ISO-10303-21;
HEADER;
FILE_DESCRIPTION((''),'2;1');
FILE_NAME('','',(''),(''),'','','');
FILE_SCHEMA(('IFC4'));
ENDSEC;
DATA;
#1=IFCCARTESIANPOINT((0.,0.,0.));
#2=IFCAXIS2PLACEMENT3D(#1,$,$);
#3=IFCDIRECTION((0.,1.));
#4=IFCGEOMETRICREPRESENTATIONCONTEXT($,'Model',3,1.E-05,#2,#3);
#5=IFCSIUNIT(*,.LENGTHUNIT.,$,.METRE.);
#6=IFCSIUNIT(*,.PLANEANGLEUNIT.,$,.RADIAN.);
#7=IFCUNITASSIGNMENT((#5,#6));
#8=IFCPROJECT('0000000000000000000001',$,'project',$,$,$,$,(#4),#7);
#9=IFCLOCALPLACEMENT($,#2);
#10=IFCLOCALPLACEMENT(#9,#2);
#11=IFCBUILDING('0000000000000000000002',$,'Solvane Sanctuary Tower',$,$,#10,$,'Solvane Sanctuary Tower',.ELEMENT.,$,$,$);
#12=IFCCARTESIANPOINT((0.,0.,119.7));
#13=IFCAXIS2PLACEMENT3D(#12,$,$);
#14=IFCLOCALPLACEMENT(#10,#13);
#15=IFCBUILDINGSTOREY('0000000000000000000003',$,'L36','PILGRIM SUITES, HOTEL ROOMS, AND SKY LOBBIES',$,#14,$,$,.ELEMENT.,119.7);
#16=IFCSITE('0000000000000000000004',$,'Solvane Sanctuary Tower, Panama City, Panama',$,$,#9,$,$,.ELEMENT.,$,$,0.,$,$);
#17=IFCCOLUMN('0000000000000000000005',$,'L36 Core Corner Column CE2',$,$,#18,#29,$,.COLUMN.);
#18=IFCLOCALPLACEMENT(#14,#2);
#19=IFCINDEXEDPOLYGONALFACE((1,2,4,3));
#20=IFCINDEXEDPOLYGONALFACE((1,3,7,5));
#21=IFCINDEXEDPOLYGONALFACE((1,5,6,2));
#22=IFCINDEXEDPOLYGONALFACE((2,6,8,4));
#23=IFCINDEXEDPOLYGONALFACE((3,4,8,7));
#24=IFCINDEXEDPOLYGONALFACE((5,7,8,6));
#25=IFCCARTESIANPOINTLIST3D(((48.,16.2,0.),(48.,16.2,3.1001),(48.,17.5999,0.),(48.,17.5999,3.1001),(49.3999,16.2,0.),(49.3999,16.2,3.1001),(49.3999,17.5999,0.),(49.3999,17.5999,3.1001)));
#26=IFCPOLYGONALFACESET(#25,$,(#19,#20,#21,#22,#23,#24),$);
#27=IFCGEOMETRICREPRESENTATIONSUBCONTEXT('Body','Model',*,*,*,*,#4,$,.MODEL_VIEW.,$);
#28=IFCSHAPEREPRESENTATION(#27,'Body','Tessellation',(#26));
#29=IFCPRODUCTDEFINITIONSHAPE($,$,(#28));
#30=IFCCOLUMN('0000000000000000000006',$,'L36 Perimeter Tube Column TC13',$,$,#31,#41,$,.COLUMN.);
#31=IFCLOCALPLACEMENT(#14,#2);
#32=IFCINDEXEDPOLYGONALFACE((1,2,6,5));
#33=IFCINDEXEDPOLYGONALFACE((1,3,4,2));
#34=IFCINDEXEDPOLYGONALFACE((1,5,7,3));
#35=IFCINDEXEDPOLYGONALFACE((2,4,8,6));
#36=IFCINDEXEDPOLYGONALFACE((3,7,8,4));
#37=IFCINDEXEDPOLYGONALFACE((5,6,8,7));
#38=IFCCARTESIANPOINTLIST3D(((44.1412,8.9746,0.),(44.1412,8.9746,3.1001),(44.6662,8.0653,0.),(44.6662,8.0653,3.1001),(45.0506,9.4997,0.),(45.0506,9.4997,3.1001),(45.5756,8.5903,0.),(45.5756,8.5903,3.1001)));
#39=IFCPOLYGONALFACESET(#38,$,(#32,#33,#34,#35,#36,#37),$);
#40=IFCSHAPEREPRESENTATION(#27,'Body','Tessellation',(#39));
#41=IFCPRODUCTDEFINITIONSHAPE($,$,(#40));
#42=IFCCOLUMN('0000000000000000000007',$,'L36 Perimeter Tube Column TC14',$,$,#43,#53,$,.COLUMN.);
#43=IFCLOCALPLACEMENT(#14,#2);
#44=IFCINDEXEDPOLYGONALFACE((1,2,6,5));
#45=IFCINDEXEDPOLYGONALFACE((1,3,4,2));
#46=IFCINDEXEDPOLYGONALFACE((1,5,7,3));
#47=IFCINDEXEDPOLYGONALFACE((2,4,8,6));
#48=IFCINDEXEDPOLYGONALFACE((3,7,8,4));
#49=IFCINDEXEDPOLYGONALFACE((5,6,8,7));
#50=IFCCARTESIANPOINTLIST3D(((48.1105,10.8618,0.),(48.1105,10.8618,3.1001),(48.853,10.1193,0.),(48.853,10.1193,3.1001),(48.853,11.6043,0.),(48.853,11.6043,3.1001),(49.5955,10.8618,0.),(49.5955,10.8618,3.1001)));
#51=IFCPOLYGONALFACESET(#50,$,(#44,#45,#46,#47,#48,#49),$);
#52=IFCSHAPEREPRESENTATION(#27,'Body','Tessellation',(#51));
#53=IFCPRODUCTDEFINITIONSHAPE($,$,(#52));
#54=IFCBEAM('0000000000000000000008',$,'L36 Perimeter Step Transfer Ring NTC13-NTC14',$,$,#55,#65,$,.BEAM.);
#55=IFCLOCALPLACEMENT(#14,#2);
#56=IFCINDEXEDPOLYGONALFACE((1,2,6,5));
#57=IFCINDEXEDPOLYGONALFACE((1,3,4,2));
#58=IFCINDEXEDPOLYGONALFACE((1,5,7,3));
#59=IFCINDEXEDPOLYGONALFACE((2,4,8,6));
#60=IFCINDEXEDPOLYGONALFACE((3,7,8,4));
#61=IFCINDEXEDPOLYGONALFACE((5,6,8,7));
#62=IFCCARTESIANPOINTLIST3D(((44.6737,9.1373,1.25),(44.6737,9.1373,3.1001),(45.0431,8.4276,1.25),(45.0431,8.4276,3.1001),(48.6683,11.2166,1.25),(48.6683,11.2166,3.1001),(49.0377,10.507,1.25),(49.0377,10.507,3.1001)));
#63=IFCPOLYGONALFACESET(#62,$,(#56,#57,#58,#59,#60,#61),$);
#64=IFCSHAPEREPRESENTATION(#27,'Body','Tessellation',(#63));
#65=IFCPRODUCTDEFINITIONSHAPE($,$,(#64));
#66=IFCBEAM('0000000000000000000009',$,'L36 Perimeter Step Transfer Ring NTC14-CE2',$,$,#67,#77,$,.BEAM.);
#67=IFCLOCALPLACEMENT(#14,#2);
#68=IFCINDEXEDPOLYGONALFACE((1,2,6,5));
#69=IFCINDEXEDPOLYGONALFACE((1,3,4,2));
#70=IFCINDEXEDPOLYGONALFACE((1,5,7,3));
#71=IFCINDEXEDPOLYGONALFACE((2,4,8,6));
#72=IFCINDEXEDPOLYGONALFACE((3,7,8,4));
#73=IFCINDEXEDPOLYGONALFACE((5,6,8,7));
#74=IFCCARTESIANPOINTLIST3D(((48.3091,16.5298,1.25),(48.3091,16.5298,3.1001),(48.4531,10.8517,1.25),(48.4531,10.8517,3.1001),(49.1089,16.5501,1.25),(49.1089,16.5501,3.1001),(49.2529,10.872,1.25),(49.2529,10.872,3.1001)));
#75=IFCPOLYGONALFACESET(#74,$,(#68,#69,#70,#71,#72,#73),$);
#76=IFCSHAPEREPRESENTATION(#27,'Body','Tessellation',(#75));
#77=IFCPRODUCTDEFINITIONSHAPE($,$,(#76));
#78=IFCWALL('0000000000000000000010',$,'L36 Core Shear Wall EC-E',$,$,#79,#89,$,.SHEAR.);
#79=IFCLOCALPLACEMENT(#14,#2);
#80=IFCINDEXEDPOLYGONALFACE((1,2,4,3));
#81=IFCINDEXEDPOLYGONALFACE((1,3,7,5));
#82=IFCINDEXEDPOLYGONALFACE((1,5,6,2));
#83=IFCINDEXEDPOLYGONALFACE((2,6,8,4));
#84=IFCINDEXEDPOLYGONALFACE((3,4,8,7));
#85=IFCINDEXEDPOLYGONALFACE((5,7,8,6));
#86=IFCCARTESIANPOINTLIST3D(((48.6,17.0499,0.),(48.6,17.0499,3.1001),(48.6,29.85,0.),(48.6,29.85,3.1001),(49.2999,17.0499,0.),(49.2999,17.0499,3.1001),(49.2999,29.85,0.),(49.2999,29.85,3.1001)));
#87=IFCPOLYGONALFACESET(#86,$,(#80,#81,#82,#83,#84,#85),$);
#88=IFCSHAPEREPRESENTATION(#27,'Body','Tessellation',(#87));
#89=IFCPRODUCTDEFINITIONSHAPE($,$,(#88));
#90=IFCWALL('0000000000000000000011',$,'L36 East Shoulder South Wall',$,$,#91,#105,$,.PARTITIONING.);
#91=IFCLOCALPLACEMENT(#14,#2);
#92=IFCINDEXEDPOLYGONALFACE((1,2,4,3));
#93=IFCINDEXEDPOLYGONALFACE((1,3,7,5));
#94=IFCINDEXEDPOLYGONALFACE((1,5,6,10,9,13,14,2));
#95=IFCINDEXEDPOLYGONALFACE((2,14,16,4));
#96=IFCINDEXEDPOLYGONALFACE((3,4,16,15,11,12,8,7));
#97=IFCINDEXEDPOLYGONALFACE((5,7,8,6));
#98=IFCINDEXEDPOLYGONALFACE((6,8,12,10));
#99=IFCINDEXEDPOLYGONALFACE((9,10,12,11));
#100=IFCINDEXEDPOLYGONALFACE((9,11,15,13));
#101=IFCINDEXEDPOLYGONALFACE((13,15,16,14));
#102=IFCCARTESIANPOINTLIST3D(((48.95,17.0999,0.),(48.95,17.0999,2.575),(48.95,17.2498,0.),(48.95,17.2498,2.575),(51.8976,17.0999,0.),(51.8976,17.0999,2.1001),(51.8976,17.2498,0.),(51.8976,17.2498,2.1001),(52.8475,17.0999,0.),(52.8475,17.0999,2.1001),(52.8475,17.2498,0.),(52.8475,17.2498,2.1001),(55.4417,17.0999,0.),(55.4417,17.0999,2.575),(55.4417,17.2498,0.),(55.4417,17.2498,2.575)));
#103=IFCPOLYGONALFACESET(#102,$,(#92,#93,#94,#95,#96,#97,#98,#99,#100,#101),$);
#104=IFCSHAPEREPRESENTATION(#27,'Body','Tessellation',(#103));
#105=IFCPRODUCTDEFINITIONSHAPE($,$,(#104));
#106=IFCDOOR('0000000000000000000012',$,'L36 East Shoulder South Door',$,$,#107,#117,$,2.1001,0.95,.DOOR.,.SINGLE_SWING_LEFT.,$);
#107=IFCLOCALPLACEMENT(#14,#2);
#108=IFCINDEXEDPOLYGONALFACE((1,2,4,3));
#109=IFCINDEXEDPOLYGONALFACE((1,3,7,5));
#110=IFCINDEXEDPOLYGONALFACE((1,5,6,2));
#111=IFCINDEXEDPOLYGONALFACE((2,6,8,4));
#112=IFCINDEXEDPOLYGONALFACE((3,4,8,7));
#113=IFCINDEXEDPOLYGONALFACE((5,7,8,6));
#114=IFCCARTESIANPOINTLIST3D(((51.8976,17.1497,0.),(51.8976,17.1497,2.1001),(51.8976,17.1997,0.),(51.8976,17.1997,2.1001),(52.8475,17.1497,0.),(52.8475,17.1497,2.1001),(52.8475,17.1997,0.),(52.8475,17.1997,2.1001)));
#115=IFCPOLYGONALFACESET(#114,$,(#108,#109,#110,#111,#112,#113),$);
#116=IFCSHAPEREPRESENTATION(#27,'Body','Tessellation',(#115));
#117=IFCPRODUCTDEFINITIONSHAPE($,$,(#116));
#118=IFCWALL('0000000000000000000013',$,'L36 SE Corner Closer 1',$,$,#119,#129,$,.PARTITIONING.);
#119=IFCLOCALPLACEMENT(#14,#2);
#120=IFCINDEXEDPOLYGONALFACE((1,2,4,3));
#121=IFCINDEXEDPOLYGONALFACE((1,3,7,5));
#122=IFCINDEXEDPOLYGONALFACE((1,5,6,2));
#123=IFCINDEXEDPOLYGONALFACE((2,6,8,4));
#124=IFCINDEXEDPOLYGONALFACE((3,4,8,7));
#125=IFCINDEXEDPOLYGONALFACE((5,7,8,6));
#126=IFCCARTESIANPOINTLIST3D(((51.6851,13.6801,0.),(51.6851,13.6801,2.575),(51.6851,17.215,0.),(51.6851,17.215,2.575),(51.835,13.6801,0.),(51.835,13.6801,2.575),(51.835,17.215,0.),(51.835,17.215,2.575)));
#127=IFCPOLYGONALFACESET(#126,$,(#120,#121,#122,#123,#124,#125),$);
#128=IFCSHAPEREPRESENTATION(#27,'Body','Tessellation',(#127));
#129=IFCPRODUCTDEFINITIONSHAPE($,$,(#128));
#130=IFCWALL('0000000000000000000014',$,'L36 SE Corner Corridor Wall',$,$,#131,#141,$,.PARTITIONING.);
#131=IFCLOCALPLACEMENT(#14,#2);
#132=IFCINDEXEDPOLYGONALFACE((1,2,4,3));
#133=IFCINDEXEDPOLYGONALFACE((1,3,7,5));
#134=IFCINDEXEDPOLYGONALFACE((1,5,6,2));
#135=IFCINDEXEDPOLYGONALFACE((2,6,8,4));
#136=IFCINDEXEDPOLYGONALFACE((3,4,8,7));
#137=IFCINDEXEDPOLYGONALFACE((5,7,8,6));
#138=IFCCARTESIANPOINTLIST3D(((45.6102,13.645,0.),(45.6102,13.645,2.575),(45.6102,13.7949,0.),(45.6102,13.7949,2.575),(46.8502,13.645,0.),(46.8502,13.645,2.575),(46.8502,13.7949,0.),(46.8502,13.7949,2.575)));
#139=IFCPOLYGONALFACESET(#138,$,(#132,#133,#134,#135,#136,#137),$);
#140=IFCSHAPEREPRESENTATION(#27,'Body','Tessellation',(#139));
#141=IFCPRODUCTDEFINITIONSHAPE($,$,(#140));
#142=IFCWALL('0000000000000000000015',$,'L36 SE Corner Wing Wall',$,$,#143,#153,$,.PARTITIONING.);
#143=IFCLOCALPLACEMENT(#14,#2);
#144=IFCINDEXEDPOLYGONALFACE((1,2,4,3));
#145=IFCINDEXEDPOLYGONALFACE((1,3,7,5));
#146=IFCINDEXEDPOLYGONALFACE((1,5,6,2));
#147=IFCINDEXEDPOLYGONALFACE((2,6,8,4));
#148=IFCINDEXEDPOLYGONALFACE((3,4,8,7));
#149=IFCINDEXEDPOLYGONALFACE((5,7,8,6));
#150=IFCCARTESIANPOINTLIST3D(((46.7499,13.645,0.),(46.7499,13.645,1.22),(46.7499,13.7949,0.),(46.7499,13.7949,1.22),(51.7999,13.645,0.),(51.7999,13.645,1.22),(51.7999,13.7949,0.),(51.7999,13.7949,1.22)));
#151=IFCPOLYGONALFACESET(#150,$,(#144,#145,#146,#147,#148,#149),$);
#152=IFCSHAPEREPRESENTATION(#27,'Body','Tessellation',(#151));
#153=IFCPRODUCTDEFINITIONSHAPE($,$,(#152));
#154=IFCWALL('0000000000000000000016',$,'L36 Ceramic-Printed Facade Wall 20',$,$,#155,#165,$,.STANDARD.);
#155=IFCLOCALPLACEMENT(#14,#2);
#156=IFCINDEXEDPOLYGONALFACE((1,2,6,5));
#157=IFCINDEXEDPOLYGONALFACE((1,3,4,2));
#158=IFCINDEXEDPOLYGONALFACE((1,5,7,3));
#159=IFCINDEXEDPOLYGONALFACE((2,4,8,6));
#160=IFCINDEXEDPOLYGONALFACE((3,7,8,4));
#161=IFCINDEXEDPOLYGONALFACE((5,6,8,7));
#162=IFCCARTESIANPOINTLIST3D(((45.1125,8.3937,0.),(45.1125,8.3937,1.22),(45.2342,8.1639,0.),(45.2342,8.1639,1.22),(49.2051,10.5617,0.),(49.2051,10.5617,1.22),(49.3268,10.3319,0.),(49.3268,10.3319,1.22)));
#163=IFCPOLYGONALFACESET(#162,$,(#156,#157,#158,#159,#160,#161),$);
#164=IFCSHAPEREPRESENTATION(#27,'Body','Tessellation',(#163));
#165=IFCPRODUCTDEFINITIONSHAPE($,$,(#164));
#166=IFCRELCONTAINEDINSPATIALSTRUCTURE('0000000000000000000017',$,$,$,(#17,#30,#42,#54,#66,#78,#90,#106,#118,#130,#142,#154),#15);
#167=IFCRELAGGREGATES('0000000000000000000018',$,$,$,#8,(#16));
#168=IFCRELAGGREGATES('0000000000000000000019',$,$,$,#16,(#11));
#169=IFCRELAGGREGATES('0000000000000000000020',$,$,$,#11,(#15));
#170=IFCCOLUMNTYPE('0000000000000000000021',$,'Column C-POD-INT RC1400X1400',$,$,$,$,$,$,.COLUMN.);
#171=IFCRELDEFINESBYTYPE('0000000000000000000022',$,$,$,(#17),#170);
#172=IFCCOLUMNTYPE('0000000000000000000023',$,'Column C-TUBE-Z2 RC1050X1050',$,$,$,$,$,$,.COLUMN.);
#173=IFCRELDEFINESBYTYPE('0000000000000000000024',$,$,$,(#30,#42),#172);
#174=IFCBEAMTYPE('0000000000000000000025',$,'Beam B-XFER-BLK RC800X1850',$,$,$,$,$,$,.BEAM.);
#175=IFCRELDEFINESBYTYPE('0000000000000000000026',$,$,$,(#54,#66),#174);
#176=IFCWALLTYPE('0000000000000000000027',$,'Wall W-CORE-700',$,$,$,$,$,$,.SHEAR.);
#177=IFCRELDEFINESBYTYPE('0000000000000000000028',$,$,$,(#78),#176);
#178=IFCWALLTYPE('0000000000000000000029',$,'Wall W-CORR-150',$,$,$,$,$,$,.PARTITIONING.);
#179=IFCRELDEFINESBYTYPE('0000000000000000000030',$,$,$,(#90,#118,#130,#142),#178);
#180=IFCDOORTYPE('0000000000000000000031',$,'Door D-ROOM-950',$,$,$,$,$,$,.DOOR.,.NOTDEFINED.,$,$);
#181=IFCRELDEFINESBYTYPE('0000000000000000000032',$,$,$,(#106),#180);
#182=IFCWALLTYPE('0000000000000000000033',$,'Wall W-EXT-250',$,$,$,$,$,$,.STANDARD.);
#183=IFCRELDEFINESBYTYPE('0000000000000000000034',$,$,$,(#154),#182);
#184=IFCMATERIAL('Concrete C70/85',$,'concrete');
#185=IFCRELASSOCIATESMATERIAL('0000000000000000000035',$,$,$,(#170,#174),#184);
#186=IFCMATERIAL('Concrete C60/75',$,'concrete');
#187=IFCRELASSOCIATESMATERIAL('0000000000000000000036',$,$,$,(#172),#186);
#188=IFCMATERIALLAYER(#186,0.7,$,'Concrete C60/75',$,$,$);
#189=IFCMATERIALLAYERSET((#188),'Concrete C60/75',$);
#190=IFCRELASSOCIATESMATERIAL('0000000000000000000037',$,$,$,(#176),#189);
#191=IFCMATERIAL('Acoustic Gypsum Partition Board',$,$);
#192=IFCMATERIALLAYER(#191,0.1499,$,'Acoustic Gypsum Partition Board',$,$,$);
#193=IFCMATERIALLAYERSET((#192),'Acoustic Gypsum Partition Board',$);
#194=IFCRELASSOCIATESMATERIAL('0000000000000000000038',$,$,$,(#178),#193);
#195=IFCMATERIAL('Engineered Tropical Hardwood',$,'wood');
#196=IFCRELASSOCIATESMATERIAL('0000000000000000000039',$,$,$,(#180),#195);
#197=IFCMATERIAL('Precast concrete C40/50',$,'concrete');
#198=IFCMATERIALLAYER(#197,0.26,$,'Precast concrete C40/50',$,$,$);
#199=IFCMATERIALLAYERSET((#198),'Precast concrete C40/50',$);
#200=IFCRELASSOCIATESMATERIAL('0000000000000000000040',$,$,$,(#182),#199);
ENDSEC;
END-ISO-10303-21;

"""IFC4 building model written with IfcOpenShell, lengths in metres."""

from ifc_helpers import new_model, si_unit, direction, frame, frame_2d, origin, origin_2d, place, context, subcontext, project, spatial, rectangle, extrude, material, layer, layer_set, material_profile, profile_set, type_object, element, fill, save


model = new_model("IFC4")

# Units and contexts
model_context = context("Model", 3, precision=1e-05, world=origin(), true_north=direction((0.0, 1.0)))
body_context = subcontext(model_context, "Body", "Model", "MODEL_VIEW")
ifc_project = project(units=[si_unit("LENGTHUNIT", "METRE"), si_unit("PLANEANGLEUNIT", "RADIAN")], contexts=[model_context])

# Site, building, storey
site_placement = place(None, origin())
site = spatial("IfcSite", under=ifc_project, at=site_placement, Name="Solvane Sanctuary Tower, Panama City, Panama", CompositionType="ELEMENT", RefElevation=0.0)
building_placement = place(site_placement, origin())
building = spatial("IfcBuilding", under=site, at=building_placement, Name="Solvane Sanctuary Tower", LongName="Solvane Sanctuary Tower", CompositionType="ELEMENT")
storey_placement = place(building_placement, frame((0.0, 0.0, 119.7)))
storey = spatial("IfcBuildingStorey", under=building, at=storey_placement, Name="L36", Description="PILGRIM SUITES, HOTEL ROOMS, AND SKY LOBBIES", CompositionType="ELEMENT", Elevation=119.7)

# Columns
ifc_material_1 = material(Name="Concrete C70/85", Category="concrete")
ifc_material_profile_1 = material_profile(ifc_material_1, rectangle(XDim=1.3999, YDim=1.3999, at=origin_2d()), Name="RC1400X1400")
ifc_profile_set_1 = profile_set([ifc_material_profile_1], Name="Concrete C70/85")
column_type_1 = type_object("IfcColumnType", Name="Column C-POD-INT RC1400X1400", PredefinedType="COLUMN", material=ifc_profile_set_1)
column_placement = place(storey_placement, frame((48.7, 16.8999, 0.0), z_axis=(0.0, 0.0, 1.0), x_axis=(1.0, 0.0, 0.0)))
element("IfcColumn", 1, at=column_placement, inside=storey, type_object=column_type_1, Name="L36 Core Corner Column CE2", PredefinedType="COLUMN", context=body_context, shape_type="SweptSolid", body=[
    extrude(rectangle(XDim=1.3999, YDim=1.3999, at=origin_2d()), origin(), (0.0, 0.0, 1.0), 3.1001),
])
ifc_material_2 = material(Name="Concrete C60/75", Category="concrete")
ifc_material_profile_2 = material_profile(ifc_material_2, rectangle(XDim=1.05, YDim=1.05, at=origin_2d()), Name="RC1050X1050")
ifc_profile_set_2 = profile_set([ifc_material_profile_2], Name="Concrete C60/75")
column_type_2 = type_object("IfcColumnType", Name="Column C-TUBE-Z2 RC1050X1050", PredefinedType="COLUMN", material=ifc_profile_set_2)
for number, where, z_axis, x_axis, name in (
    (2, (44.8584, 8.7825, 0.0), (0.0, 0.0, 1.0), (0.5, -0.866025, 0.0), "L36 Perimeter Tube Column TC13"),
    (3, (48.853, 10.8618, 0.0), (0.0, 0.0, 1.0), (0.707107, -0.707107, 0.0), "L36 Perimeter Tube Column TC14"),
):
    element("IfcColumn", number, at=place(storey_placement, frame(where, z_axis=z_axis, x_axis=x_axis)), inside=storey, type_object=column_type_2, Name=name, PredefinedType="COLUMN", context=body_context, shape_type="SweptSolid", body=[
        extrude(rectangle(XDim=1.05, YDim=1.05, at=origin_2d()), origin(), (0.0, 0.0, 1.0), 3.1001),
    ])

# Beams
ifc_material_profile_3 = material_profile(ifc_material_1, rectangle(XDim=0.8, YDim=1.8501, at=origin_2d()), Name="RC800X1850")
ifc_profile_set_3 = profile_set([ifc_material_profile_3], Name="Concrete C70/85")
beam_type = type_object("IfcBeamType", Name="Beam B-XFER-BLK RC800X1850", PredefinedType="BEAM", material=ifc_profile_set_3)
beam_1_placement = place(storey_placement, frame((44.8584, 8.7825, 2.175), z_axis=(0.887022, 0.461727, 0.0), x_axis=(-0.461727, 0.887022, 0.0)))
element("IfcBeam", 4, at=beam_1_placement, inside=storey, type_object=beam_type, Name="L36 Perimeter Step Transfer Ring NTC13-NTC14", PredefinedType="BEAM", context=body_context, shape_type="SweptSolid", body=[
    extrude(rectangle(XDim=0.8, YDim=1.8501, at=origin_2d()), origin(), (0.0, 0.0, 1.0), 4.5034),
])
beam_2_placement = place(storey_placement, frame((48.853, 10.8618, 2.175), z_axis=(-0.025359, 0.999678, 0.0), x_axis=(-0.999678, -0.025359, 0.0)))
element("IfcBeam", 5, at=beam_2_placement, inside=storey, type_object=beam_type, Name="L36 Perimeter Step Transfer Ring NTC14-CE2", PredefinedType="BEAM", context=body_context, shape_type="SweptSolid", body=[
    extrude(rectangle(XDim=0.8, YDim=1.8501, at=origin_2d()), origin(), (0.0, 0.0, 1.0), 5.6799),
])

# Wall
ifc_layer_1 = layer(ifc_material_2, 0.7, Name="Concrete C60/75")
ifc_layer_set_1 = layer_set([ifc_layer_1], Name="Concrete C60/75")
wall_type_1 = type_object("IfcWallType", Name="Wall W-CORE-700", PredefinedType="SHEAR", material=ifc_layer_set_1)
wall_1_placement = place(storey_placement, frame((48.95, 17.05, 0.0), z_axis=(0.0, 0.0, 1.0), x_axis=(0.0, 1.0, 0.0)))
element("IfcWall", 6, at=wall_1_placement, inside=storey, type_object=wall_type_1, Name="L36 Core Shear Wall EC-E", PredefinedType="SHEAR", context=body_context, shape_type="SweptSolid", body=[
    extrude(rectangle(XDim=12.8, YDim=0.7, at=frame_2d((6.3999, 0.0))), origin(), (0.0, 0.0, 1.0), 3.1001),
])

# Wall, opening, door
ifc_material_3 = material(Name="Acoustic Gypsum Partition Board")
ifc_layer_2 = layer(ifc_material_3, 0.1499, Name="Acoustic Gypsum Partition Board")
ifc_layer_set_2 = layer_set([ifc_layer_2], Name="Acoustic Gypsum Partition Board")
wall_type_2 = type_object("IfcWallType", Name="Wall W-CORR-150", PredefinedType="PARTITIONING", material=ifc_layer_set_2)
wall_2_placement = place(storey_placement, frame((48.95, 17.1748, 0.0), z_axis=(0.0, 0.0, 1.0), x_axis=(1.0, 0.0, 0.0)))
wall_2 = element("IfcWall", 7, at=wall_2_placement, inside=storey, type_object=wall_type_2, Name="L36 East Shoulder South Wall", PredefinedType="PARTITIONING", context=body_context, shape_type="SweptSolid", body=[
    extrude(rectangle(XDim=6.4917, YDim=0.1499, at=frame_2d((3.2458, 0.0))), origin(), (0.0, 0.0, 1.0), 2.575),
])
opening_1_placement = place(wall_2_placement, frame((2.9475, 0.0, 0.0)))
opening_1 = element("IfcOpeningElement", 8, at=opening_1_placement, cuts=wall_2, PredefinedType="OPENING", context=body_context, shape_type="SweptSolid", body=[
    extrude(rectangle(XDim=0.95, YDim=2.1001, at=frame_2d((0.4751, 1.05))), frame((0.0, 0.085, 0.0), z_axis=(0.0, -1.0, 0.0), x_axis=(1.0, 0.0, 0.0)), (0.0, 0.0, 1.0), 0.1699),
])
ifc_material_4 = material(Name="Engineered Tropical Hardwood", Category="wood")
door_type_1 = type_object("IfcDoorType", Name="Door D-ROOM-950", OperationType="NOTDEFINED", PredefinedType="DOOR", material=ifc_material_4)
door_1_placement = place(opening_1_placement, origin())
door_1 = element("IfcDoor", 9, at=door_1_placement, inside=storey, type_object=door_type_1, Name="L36 East Shoulder South Door", OperationType="SINGLE_SWING_LEFT", OverallHeight=2.1001, OverallWidth=0.95, PredefinedType="DOOR", context=body_context, shape_type="SweptSolid", body=[
    extrude(rectangle(XDim=0.95, YDim=2.1001, at=frame_2d((0.4751, 1.05))), frame((0.0, 0.0249, 0.0), z_axis=(0.0, -1.0, 0.0), x_axis=(1.0, 0.0, 0.0)), (0.0, 0.0, 1.0), 0.05),
])
fill(opening_1, door_1)

# Walls
wall_3_placement = place(storey_placement, frame((51.76, 13.6799, 0.0), z_axis=(0.0, 0.0, 1.0), x_axis=(0.0, 1.0, 0.0)))
element("IfcWall", 10, at=wall_3_placement, inside=storey, type_object=wall_type_2, Name="L36 SE Corner Closer 1", PredefinedType="PARTITIONING", context=body_context, shape_type="SweptSolid", body=[
    extrude(rectangle(XDim=3.5349, YDim=0.1499, at=frame_2d((1.7676, 0.0))), origin(), (0.0, 0.0, 1.0), 2.575),
])
wall_4_placement = place(storey_placement, frame((45.6101, 13.72, 0.0), z_axis=(0.0, 0.0, 1.0), x_axis=(1.0, 0.0, 0.0)))
element("IfcWall", 11, at=wall_4_placement, inside=storey, type_object=wall_type_2, Name="L36 SE Corner Corridor Wall", PredefinedType="PARTITIONING", context=body_context, shape_type="SweptSolid", body=[
    extrude(rectangle(XDim=1.24, YDim=0.1499, at=frame_2d((0.6201, 0.0))), origin(), (0.0, 0.0, 1.0), 2.575),
])
wall_5_placement = place(storey_placement, frame((46.75, 13.72, 0.0), z_axis=(0.0, 0.0, 1.0), x_axis=(1.0, 0.0, 0.0)))
element("IfcWall", 12, at=wall_5_placement, inside=storey, type_object=wall_type_2, Name="L36 SE Corner Wing Wall", PredefinedType="PARTITIONING", context=body_context, shape_type="SweptSolid", body=[
    extrude(rectangle(XDim=5.05, YDim=0.1499, at=frame_2d((2.5249, 0.0))), origin(), (0.0, 0.0, 1.0), 1.22),
])
ifc_material_5 = material(Name="Precast concrete C40/50", Category="concrete")
ifc_layer_3 = layer(ifc_material_5, 0.26, Name="Precast concrete C40/50")
ifc_layer_set_3 = layer_set([ifc_layer_3], Name="Precast concrete C40/50")
wall_type_3 = type_object("IfcWallType", Name="Wall W-EXT-250", PredefinedType="STANDARD", material=ifc_layer_set_3)
wall_6_placement = place(storey_placement, frame((45.1733, 8.2788, 0.0), z_axis=(0.0, 0.0, 1.0), x_axis=(0.883669, 0.468113, 0.0)))
element("IfcWall", 13, at=wall_6_placement, inside=storey, type_object=wall_type_3, Name="L36 Ceramic-Printed Facade Wall 20", PredefinedType="STANDARD", context=body_context, shape_type="SweptSolid", body=[
    extrude(rectangle(XDim=4.6313, YDim=0.26, at=frame_2d((2.3157, 0.0))), origin(), (0.0, 0.0, 1.0), 1.22),
])

save(model, "model.ifc")
